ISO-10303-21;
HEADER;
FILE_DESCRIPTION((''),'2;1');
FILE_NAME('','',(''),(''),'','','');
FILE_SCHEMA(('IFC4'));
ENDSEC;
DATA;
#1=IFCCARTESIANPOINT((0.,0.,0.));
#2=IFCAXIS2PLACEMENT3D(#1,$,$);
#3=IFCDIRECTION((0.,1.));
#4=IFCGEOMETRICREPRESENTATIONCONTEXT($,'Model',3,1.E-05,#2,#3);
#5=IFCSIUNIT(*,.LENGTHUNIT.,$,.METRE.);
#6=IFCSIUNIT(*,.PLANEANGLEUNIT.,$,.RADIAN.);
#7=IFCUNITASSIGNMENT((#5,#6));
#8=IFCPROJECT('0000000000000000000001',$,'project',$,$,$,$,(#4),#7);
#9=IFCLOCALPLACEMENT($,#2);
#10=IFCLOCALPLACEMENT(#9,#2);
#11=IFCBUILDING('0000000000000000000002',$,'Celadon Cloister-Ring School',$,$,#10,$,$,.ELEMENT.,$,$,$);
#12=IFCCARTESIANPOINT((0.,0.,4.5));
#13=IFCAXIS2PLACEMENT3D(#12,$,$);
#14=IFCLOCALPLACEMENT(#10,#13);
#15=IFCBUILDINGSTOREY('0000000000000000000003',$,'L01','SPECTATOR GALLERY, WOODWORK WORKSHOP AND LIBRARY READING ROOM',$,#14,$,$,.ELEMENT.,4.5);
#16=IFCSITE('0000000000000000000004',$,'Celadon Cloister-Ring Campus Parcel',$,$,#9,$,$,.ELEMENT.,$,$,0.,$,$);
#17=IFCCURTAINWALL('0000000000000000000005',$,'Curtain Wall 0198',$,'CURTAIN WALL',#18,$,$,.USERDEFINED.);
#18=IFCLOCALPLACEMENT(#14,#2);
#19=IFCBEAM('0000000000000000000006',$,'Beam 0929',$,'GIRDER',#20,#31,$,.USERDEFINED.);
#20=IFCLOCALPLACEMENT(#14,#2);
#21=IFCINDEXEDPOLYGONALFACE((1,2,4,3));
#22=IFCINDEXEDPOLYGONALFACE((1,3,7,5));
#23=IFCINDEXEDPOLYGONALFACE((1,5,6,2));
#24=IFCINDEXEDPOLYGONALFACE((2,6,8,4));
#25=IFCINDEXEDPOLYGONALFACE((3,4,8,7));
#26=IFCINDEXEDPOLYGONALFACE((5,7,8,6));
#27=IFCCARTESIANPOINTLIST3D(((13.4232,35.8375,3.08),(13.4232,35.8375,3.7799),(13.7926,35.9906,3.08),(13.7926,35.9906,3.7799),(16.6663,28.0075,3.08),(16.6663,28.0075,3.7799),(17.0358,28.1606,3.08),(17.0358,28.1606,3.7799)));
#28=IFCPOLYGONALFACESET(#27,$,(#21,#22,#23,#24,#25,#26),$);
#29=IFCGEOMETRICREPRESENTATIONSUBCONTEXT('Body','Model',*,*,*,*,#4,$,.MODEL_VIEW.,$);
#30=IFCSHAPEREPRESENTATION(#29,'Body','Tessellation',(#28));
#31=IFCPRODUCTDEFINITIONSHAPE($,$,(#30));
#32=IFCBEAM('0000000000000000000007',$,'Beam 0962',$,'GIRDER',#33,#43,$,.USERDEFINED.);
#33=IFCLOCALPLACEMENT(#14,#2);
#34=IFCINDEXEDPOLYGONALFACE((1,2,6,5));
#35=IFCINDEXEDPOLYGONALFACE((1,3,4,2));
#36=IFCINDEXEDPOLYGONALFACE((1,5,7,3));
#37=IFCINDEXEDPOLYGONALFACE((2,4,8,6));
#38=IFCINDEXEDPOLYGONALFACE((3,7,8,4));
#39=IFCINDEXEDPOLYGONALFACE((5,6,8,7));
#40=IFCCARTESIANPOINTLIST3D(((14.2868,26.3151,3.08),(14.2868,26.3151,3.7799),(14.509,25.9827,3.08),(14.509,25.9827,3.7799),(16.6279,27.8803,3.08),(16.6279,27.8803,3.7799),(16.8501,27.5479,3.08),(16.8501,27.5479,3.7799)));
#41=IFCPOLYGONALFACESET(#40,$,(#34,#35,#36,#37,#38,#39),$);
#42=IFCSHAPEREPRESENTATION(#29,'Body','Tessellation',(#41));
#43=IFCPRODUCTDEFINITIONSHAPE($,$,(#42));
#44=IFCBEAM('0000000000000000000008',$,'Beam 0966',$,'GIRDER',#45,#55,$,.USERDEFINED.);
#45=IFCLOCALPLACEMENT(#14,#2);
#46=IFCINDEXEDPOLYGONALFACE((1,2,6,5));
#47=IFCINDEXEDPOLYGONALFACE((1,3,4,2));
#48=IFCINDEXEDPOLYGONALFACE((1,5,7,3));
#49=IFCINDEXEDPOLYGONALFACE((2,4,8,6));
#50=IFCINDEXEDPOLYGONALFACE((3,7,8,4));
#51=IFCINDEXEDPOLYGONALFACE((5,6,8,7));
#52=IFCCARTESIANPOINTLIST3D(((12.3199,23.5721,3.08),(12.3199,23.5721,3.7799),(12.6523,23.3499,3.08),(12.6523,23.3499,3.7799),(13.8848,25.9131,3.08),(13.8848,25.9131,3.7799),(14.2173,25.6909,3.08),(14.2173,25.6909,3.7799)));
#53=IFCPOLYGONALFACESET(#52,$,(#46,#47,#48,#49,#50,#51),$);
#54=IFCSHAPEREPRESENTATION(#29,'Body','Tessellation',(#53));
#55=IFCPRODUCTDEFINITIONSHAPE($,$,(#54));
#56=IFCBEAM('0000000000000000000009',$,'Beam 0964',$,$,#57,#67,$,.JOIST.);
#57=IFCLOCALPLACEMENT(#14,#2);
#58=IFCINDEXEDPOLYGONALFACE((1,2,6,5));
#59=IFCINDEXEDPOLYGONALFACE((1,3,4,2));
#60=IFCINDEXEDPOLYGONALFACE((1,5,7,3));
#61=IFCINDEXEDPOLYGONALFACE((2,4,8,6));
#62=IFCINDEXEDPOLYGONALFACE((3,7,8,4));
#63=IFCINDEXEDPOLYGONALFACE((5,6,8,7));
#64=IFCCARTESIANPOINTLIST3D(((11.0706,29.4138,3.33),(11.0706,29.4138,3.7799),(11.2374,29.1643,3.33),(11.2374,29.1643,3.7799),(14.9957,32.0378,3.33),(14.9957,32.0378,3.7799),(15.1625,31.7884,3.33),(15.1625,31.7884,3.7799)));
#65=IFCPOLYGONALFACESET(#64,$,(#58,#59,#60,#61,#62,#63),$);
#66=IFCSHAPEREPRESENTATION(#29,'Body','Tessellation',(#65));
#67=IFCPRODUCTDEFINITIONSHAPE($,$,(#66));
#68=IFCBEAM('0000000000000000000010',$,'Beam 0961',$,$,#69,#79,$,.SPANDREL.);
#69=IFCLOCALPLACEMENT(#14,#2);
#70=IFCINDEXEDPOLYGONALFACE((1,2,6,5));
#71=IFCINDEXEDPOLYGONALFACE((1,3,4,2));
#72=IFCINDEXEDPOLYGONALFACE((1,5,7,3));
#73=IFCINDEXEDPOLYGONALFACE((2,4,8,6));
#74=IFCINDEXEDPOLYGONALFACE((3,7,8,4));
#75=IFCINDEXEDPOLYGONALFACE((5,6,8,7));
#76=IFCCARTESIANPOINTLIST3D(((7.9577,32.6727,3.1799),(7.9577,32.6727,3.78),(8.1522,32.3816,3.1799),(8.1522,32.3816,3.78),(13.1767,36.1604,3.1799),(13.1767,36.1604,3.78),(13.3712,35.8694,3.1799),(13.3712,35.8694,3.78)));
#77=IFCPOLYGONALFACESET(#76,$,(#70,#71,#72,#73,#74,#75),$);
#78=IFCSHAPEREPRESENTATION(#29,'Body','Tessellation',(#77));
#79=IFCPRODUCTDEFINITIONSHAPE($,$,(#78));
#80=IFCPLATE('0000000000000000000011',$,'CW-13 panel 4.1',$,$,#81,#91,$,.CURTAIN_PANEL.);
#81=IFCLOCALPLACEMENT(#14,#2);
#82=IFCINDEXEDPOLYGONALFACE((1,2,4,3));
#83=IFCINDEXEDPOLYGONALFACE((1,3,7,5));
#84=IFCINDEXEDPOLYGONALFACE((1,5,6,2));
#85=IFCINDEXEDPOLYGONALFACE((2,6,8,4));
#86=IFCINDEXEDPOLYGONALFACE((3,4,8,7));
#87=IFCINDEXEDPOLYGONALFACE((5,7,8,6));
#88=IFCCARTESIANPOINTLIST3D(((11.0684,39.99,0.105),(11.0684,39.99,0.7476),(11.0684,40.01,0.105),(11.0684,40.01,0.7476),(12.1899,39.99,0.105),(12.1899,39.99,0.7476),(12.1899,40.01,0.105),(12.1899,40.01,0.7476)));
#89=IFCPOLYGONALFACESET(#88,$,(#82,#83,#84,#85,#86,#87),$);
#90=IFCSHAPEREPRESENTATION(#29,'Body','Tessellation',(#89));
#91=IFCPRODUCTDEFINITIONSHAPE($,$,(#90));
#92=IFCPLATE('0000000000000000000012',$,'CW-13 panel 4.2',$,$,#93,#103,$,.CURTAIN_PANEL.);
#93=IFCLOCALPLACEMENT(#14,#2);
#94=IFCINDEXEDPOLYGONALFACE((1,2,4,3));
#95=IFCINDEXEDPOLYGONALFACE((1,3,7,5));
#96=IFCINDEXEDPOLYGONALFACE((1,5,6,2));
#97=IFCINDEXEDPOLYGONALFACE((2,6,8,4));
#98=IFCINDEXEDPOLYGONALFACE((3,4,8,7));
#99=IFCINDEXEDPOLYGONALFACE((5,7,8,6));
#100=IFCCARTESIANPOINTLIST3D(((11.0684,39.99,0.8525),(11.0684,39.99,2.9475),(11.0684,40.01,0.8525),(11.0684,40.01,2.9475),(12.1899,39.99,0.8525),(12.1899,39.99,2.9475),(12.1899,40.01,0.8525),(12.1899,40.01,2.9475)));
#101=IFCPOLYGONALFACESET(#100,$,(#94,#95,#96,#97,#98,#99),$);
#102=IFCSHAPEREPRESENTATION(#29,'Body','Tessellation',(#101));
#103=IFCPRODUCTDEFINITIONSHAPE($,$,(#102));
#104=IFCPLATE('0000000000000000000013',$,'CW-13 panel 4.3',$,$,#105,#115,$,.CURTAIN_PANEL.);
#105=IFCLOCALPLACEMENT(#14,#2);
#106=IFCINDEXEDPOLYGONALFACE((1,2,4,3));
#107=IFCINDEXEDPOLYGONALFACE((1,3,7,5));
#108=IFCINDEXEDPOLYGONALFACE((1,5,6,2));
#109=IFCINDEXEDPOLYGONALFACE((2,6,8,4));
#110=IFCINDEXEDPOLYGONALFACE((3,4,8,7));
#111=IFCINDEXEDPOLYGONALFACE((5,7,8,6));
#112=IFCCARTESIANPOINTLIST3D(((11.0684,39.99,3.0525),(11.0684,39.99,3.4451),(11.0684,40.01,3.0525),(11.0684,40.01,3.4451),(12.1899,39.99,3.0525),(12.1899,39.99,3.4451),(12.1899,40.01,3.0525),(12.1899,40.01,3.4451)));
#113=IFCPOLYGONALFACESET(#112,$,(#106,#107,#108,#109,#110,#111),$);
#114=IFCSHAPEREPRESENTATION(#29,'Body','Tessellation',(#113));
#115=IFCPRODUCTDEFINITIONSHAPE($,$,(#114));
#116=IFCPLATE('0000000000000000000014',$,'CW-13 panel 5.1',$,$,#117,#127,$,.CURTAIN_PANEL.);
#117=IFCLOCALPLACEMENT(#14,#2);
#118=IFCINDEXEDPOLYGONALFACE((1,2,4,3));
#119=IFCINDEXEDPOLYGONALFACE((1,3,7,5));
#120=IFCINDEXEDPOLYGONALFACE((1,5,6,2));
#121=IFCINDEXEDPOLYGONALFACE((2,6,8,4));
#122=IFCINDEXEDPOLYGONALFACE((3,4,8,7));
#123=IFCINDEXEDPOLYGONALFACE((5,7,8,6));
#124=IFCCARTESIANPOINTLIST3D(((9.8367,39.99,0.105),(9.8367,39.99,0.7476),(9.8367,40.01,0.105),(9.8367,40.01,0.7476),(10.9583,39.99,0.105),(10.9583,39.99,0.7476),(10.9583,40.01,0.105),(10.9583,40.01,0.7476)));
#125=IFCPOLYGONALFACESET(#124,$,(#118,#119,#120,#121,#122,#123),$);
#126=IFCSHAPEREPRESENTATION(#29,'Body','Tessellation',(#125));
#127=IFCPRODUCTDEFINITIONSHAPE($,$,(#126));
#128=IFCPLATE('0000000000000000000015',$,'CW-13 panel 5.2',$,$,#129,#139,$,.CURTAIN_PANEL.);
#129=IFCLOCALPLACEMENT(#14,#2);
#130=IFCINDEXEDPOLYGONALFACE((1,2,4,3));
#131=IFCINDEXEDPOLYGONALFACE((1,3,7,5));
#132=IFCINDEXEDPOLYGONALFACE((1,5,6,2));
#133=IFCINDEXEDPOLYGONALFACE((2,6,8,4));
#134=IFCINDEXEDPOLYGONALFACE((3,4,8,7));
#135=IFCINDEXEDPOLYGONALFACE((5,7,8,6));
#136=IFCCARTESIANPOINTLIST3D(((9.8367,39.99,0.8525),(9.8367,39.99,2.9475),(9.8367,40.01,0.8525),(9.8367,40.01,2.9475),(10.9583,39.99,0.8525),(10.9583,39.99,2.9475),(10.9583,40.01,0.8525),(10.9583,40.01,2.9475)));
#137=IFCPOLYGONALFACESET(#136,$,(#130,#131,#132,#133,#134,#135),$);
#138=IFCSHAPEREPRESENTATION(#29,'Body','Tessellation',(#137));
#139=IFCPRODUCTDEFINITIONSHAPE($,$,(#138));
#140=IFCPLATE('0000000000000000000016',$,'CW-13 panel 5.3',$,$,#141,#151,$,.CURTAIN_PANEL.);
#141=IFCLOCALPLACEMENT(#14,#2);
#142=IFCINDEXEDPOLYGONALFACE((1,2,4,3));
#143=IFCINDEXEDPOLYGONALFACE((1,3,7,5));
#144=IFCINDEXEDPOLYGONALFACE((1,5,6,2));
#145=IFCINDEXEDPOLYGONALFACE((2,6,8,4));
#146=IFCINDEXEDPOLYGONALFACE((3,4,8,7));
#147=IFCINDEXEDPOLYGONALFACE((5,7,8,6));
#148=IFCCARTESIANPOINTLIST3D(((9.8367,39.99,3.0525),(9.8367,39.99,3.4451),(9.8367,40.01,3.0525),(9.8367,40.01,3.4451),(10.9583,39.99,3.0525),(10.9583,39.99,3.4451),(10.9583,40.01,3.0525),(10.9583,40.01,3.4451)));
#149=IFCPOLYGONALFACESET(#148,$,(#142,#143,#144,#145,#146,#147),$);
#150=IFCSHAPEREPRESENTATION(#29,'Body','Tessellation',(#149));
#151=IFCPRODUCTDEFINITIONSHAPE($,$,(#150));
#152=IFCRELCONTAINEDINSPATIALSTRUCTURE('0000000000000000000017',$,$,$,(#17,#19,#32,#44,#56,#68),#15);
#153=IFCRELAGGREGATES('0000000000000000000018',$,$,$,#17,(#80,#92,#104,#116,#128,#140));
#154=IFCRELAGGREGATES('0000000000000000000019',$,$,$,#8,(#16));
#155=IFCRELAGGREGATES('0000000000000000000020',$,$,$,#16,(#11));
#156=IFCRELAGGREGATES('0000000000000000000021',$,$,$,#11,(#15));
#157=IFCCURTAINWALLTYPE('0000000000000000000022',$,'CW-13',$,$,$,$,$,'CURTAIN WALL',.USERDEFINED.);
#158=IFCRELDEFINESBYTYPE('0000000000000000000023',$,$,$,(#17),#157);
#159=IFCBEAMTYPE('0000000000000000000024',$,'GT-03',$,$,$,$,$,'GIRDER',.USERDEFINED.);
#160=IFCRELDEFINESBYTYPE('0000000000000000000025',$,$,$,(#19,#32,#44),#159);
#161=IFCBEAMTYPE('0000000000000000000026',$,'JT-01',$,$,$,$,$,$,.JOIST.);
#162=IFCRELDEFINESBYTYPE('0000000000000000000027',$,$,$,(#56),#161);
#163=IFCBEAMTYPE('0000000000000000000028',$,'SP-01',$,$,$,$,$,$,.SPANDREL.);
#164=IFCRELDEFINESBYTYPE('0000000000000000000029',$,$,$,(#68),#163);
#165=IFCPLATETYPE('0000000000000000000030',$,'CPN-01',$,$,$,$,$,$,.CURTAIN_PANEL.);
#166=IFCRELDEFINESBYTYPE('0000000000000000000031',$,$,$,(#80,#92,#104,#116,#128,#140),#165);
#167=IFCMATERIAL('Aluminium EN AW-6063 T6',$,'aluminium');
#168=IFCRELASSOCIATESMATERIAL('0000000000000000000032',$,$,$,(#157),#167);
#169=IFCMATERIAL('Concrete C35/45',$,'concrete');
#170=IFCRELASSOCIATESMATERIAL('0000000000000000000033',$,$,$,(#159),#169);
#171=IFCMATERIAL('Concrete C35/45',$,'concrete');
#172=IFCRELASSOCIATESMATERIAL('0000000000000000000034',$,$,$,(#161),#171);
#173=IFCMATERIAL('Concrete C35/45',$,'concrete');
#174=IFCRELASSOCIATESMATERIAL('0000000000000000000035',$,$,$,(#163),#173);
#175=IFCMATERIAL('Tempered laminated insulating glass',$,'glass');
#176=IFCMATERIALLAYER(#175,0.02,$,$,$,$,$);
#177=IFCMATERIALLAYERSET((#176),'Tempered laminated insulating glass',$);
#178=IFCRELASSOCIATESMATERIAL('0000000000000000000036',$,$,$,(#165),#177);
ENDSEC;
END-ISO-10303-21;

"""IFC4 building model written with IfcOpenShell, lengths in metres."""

from ifc_helpers import new_model, si_unit, direction, frame, origin, origin_2d, place, context, subcontext, project, spatial, rectangle, extrude, material, layer, layer_set, material_profile, profile_set, type_object, element, aggregate, save


model = new_model("IFC4")

# Units and contexts
model_context = context("Model", 3, precision=1e-05, world=origin(), true_north=direction((0.0, 1.0)))
body_context = subcontext(model_context, "Body", "Model", "MODEL_VIEW")
ifc_project = project(units=[si_unit("LENGTHUNIT", "METRE"), si_unit("PLANEANGLEUNIT", "RADIAN")], contexts=[model_context])

# Site, building, storey
site_placement = place(None, origin())
site = spatial("IfcSite", under=ifc_project, at=site_placement, Name="Celadon Cloister-Ring Campus Parcel", CompositionType="ELEMENT", RefElevation=0.0)
building_placement = place(site_placement, origin())
building = spatial("IfcBuilding", under=site, at=building_placement, Name="Celadon Cloister-Ring School", CompositionType="ELEMENT")
storey_placement = place(building_placement, frame((0.0, 0.0, 4.5)))
storey = spatial("IfcBuildingStorey", under=building, at=storey_placement, Name="L01", Description="SPECTATOR GALLERY, WOODWORK WORKSHOP AND LIBRARY READING ROOM", CompositionType="ELEMENT", Elevation=4.5)

# Curtain wall
ifc_material_1 = material(Name="Aluminium EN AW-6063 T6", Category="aluminium")
curtain_wall_type = type_object("IfcCurtainWallType", Name="CW-13", ElementType="CURTAIN WALL", PredefinedType="USERDEFINED", material=ifc_material_1)
curtain_wall_placement = place(storey_placement, origin())
curtain_wall = element("IfcCurtainWall", 1, at=curtain_wall_placement, inside=storey, type_object=curtain_wall_type, Name="Curtain Wall 0198", ObjectType="CURTAIN WALL", PredefinedType="USERDEFINED")

# Beams
ifc_material_2 = material(Name="Concrete C35/45", Category="concrete")
ifc_material_profile_1 = material_profile(ifc_material_2, rectangle(XDim=0.3999, YDim=0.7, at=origin_2d()), Name="RC400X700")
ifc_profile_set_1 = profile_set([ifc_material_profile_1], Name="Concrete C35/45")
beam_type_1 = type_object("IfcBeamType", Name="GT-03", ElementType="GIRDER", PredefinedType="USERDEFINED", material=ifc_profile_set_1)
beam_1_placement = place(storey_placement, frame((13.6079, 35.9141, 3.4299), z_axis=(0.382667, -0.923886, 0.0), x_axis=(0.923886, 0.382667, 0.0)))
element("IfcBeam", 2, at=beam_1_placement, inside=storey, type_object=beam_type_1, Name="Beam 0929", ObjectType="GIRDER", PredefinedType="USERDEFINED", context=body_context, shape_type="SweptSolid", body=[
    extrude(rectangle(XDim=0.3999, YDim=0.7, at=origin_2d()), origin(), (0.0, 0.0, 1.0), 8.4751),
])
beam_2_placement = place(storey_placement, frame((16.739, 27.7141, 3.4299), z_axis=(-0.831316, -0.5558, 0.0), x_axis=(0.5558, -0.831316, 0.0)))
element("IfcBeam", 3, at=beam_2_placement, inside=storey, type_object=beam_type_1, Name="Beam 0962", ObjectType="GIRDER", PredefinedType="USERDEFINED", context=body_context, shape_type="SweptSolid", body=[
    extrude(rectangle(XDim=0.3999, YDim=0.7, at=origin_2d()), origin(), (0.0, 0.0, 1.0), 2.8162),
])
beam_3_placement = place(storey_placement, frame((14.051, 25.802, 3.4299), z_axis=(-0.55574, -0.831356, 0.0), x_axis=(0.831356, -0.55574, 0.0)))
element("IfcBeam", 4, at=beam_3_placement, inside=storey, type_object=beam_type_1, Name="Beam 0966", ObjectType="GIRDER", PredefinedType="USERDEFINED", context=body_context, shape_type="SweptSolid", body=[
    extrude(rectangle(XDim=0.3999, YDim=0.7, at=origin_2d()), origin(), (0.0, 0.0, 1.0), 2.8159),
])
ifc_material_3 = material(Name="Concrete C35/45", Category="concrete")
ifc_material_profile_2 = material_profile(ifc_material_3, rectangle(XDim=0.3, YDim=0.45, at=origin_2d()), Name="RC300X450")
ifc_profile_set_2 = profile_set([ifc_material_profile_2], Name="Concrete C35/45")
beam_type_2 = type_object("IfcBeamType", Name="JT-01", PredefinedType="JOIST", material=ifc_profile_set_2)
beam_4_placement = place(storey_placement, frame((15.0791, 31.9131, 3.5549), z_axis=(-0.831334, -0.555774, 0.0), x_axis=(0.555774, -0.831334, 0.0)))
element("IfcBeam", 5, at=beam_4_placement, inside=storey, type_object=beam_type_2, Name="Beam 0964", PredefinedType="JOIST", context=body_context, shape_type="SweptSolid", body=[
    extrude(rectangle(XDim=0.3, YDim=0.45, at=origin_2d()), origin(), (0.0, 0.0, 1.0), 4.7214),
])
ifc_material_4 = material(Name="Concrete C35/45", Category="concrete")
ifc_material_profile_3 = material_profile(ifc_material_4, rectangle(XDim=0.3501, YDim=0.6001, at=origin_2d()), Name="RC350X600")
ifc_profile_set_3 = profile_set([ifc_material_profile_3], Name="Concrete C35/45")
beam_type_3 = type_object("IfcBeamType", Name="SP-01", PredefinedType="SPANDREL", material=ifc_profile_set_3)
beam_5_placement = place(storey_placement, frame((13.2739, 36.0149, 3.48), z_axis=(-0.831427, -0.555633, 0.0), x_axis=(0.555633, -0.831427, 0.0)))
element("IfcBeam", 6, at=beam_5_placement, inside=storey, type_object=beam_type_3, Name="Beam 0961", PredefinedType="SPANDREL", context=body_context, shape_type="SweptSolid", body=[
    extrude(rectangle(XDim=0.3501, YDim=0.6001, at=origin_2d()), origin(), (0.0, 0.0, 1.0), 6.2771),
])

# Plates
ifc_material_5 = material(Name="Tempered laminated insulating glass", Category="glass")
ifc_layer_1 = layer(ifc_material_5, 0.02)
ifc_layer_set_1 = layer_set([ifc_layer_1], Name="Tempered laminated insulating glass")
plate_type = type_object("IfcPlateType", Name="CPN-01", PredefinedType="CURTAIN_PANEL", material=ifc_layer_set_1)
plate_1_placement = place(storey_placement, frame((11.6292, 40.0, 0.105), z_axis=(0.0, 0.0, 1.0), x_axis=(-1.0, 0.0, 0.0)))
plate_1 = element("IfcPlate", 7, at=plate_1_placement, type_object=plate_type, Name="CW-13 panel 4.1", PredefinedType="CURTAIN_PANEL", context=body_context, shape_type="SweptSolid", body=[
    extrude(rectangle(XDim=1.1216, YDim=0.02, at=origin_2d()), origin(), (0.0, 0.0, 1.0), 0.6426),
])
plate_2_placement = place(storey_placement, frame((11.6292, 40.0, 0.8525), z_axis=(0.0, 0.0, 1.0), x_axis=(-1.0, 0.0, 0.0)))
plate_2 = element("IfcPlate", 8, at=plate_2_placement, type_object=plate_type, Name="CW-13 panel 4.2", PredefinedType="CURTAIN_PANEL", context=body_context, shape_type="SweptSolid", body=[
    extrude(rectangle(XDim=1.1216, YDim=0.02, at=origin_2d()), origin(), (0.0, 0.0, 1.0), 2.095),
])
plate_3_placement = place(storey_placement, frame((11.6292, 40.0, 3.0525), z_axis=(0.0, 0.0, 1.0), x_axis=(-1.0, 0.0, 0.0)))
plate_3 = element("IfcPlate", 9, at=plate_3_placement, type_object=plate_type, Name="CW-13 panel 4.3", PredefinedType="CURTAIN_PANEL", context=body_context, shape_type="SweptSolid", body=[
    extrude(rectangle(XDim=1.1216, YDim=0.02, at=origin_2d()), origin(), (0.0, 0.0, 1.0), 0.3926),
])
plate_4_placement = place(storey_placement, frame((10.3975, 40.0, 0.105), z_axis=(0.0, 0.0, 1.0), x_axis=(-1.0, 0.0, 0.0)))
plate_4 = element("IfcPlate", 10, at=plate_4_placement, type_object=plate_type, Name="CW-13 panel 5.1", PredefinedType="CURTAIN_PANEL", context=body_context, shape_type="SweptSolid", body=[
    extrude(rectangle(XDim=1.1216, YDim=0.02, at=origin_2d()), origin(), (0.0, 0.0, 1.0), 0.6426),
])
plate_5_placement = place(storey_placement, frame((10.3975, 40.0, 0.8525), z_axis=(0.0, 0.0, 1.0), x_axis=(-1.0, 0.0, 0.0)))
plate_5 = element("IfcPlate", 11, at=plate_5_placement, type_object=plate_type, Name="CW-13 panel 5.2", PredefinedType="CURTAIN_PANEL", context=body_context, shape_type="SweptSolid", body=[
    extrude(rectangle(XDim=1.1216, YDim=0.02, at=origin_2d()), origin(), (0.0, 0.0, 1.0), 2.095),
])
plate_6_placement = place(storey_placement, frame((10.3975, 40.0, 3.0525), z_axis=(0.0, 0.0, 1.0), x_axis=(-1.0, 0.0, 0.0)))
plate_6 = element("IfcPlate", 12, at=plate_6_placement, type_object=plate_type, Name="CW-13 panel 5.3", PredefinedType="CURTAIN_PANEL", context=body_context, shape_type="SweptSolid", body=[
    extrude(rectangle(XDim=1.1216, YDim=0.02, at=origin_2d()), origin(), (0.0, 0.0, 1.0), 0.3926),
])
aggregate(curtain_wall, [plate_1, plate_2, plate_3, plate_4, plate_5, plate_6])

save(model, "model.ifc")
